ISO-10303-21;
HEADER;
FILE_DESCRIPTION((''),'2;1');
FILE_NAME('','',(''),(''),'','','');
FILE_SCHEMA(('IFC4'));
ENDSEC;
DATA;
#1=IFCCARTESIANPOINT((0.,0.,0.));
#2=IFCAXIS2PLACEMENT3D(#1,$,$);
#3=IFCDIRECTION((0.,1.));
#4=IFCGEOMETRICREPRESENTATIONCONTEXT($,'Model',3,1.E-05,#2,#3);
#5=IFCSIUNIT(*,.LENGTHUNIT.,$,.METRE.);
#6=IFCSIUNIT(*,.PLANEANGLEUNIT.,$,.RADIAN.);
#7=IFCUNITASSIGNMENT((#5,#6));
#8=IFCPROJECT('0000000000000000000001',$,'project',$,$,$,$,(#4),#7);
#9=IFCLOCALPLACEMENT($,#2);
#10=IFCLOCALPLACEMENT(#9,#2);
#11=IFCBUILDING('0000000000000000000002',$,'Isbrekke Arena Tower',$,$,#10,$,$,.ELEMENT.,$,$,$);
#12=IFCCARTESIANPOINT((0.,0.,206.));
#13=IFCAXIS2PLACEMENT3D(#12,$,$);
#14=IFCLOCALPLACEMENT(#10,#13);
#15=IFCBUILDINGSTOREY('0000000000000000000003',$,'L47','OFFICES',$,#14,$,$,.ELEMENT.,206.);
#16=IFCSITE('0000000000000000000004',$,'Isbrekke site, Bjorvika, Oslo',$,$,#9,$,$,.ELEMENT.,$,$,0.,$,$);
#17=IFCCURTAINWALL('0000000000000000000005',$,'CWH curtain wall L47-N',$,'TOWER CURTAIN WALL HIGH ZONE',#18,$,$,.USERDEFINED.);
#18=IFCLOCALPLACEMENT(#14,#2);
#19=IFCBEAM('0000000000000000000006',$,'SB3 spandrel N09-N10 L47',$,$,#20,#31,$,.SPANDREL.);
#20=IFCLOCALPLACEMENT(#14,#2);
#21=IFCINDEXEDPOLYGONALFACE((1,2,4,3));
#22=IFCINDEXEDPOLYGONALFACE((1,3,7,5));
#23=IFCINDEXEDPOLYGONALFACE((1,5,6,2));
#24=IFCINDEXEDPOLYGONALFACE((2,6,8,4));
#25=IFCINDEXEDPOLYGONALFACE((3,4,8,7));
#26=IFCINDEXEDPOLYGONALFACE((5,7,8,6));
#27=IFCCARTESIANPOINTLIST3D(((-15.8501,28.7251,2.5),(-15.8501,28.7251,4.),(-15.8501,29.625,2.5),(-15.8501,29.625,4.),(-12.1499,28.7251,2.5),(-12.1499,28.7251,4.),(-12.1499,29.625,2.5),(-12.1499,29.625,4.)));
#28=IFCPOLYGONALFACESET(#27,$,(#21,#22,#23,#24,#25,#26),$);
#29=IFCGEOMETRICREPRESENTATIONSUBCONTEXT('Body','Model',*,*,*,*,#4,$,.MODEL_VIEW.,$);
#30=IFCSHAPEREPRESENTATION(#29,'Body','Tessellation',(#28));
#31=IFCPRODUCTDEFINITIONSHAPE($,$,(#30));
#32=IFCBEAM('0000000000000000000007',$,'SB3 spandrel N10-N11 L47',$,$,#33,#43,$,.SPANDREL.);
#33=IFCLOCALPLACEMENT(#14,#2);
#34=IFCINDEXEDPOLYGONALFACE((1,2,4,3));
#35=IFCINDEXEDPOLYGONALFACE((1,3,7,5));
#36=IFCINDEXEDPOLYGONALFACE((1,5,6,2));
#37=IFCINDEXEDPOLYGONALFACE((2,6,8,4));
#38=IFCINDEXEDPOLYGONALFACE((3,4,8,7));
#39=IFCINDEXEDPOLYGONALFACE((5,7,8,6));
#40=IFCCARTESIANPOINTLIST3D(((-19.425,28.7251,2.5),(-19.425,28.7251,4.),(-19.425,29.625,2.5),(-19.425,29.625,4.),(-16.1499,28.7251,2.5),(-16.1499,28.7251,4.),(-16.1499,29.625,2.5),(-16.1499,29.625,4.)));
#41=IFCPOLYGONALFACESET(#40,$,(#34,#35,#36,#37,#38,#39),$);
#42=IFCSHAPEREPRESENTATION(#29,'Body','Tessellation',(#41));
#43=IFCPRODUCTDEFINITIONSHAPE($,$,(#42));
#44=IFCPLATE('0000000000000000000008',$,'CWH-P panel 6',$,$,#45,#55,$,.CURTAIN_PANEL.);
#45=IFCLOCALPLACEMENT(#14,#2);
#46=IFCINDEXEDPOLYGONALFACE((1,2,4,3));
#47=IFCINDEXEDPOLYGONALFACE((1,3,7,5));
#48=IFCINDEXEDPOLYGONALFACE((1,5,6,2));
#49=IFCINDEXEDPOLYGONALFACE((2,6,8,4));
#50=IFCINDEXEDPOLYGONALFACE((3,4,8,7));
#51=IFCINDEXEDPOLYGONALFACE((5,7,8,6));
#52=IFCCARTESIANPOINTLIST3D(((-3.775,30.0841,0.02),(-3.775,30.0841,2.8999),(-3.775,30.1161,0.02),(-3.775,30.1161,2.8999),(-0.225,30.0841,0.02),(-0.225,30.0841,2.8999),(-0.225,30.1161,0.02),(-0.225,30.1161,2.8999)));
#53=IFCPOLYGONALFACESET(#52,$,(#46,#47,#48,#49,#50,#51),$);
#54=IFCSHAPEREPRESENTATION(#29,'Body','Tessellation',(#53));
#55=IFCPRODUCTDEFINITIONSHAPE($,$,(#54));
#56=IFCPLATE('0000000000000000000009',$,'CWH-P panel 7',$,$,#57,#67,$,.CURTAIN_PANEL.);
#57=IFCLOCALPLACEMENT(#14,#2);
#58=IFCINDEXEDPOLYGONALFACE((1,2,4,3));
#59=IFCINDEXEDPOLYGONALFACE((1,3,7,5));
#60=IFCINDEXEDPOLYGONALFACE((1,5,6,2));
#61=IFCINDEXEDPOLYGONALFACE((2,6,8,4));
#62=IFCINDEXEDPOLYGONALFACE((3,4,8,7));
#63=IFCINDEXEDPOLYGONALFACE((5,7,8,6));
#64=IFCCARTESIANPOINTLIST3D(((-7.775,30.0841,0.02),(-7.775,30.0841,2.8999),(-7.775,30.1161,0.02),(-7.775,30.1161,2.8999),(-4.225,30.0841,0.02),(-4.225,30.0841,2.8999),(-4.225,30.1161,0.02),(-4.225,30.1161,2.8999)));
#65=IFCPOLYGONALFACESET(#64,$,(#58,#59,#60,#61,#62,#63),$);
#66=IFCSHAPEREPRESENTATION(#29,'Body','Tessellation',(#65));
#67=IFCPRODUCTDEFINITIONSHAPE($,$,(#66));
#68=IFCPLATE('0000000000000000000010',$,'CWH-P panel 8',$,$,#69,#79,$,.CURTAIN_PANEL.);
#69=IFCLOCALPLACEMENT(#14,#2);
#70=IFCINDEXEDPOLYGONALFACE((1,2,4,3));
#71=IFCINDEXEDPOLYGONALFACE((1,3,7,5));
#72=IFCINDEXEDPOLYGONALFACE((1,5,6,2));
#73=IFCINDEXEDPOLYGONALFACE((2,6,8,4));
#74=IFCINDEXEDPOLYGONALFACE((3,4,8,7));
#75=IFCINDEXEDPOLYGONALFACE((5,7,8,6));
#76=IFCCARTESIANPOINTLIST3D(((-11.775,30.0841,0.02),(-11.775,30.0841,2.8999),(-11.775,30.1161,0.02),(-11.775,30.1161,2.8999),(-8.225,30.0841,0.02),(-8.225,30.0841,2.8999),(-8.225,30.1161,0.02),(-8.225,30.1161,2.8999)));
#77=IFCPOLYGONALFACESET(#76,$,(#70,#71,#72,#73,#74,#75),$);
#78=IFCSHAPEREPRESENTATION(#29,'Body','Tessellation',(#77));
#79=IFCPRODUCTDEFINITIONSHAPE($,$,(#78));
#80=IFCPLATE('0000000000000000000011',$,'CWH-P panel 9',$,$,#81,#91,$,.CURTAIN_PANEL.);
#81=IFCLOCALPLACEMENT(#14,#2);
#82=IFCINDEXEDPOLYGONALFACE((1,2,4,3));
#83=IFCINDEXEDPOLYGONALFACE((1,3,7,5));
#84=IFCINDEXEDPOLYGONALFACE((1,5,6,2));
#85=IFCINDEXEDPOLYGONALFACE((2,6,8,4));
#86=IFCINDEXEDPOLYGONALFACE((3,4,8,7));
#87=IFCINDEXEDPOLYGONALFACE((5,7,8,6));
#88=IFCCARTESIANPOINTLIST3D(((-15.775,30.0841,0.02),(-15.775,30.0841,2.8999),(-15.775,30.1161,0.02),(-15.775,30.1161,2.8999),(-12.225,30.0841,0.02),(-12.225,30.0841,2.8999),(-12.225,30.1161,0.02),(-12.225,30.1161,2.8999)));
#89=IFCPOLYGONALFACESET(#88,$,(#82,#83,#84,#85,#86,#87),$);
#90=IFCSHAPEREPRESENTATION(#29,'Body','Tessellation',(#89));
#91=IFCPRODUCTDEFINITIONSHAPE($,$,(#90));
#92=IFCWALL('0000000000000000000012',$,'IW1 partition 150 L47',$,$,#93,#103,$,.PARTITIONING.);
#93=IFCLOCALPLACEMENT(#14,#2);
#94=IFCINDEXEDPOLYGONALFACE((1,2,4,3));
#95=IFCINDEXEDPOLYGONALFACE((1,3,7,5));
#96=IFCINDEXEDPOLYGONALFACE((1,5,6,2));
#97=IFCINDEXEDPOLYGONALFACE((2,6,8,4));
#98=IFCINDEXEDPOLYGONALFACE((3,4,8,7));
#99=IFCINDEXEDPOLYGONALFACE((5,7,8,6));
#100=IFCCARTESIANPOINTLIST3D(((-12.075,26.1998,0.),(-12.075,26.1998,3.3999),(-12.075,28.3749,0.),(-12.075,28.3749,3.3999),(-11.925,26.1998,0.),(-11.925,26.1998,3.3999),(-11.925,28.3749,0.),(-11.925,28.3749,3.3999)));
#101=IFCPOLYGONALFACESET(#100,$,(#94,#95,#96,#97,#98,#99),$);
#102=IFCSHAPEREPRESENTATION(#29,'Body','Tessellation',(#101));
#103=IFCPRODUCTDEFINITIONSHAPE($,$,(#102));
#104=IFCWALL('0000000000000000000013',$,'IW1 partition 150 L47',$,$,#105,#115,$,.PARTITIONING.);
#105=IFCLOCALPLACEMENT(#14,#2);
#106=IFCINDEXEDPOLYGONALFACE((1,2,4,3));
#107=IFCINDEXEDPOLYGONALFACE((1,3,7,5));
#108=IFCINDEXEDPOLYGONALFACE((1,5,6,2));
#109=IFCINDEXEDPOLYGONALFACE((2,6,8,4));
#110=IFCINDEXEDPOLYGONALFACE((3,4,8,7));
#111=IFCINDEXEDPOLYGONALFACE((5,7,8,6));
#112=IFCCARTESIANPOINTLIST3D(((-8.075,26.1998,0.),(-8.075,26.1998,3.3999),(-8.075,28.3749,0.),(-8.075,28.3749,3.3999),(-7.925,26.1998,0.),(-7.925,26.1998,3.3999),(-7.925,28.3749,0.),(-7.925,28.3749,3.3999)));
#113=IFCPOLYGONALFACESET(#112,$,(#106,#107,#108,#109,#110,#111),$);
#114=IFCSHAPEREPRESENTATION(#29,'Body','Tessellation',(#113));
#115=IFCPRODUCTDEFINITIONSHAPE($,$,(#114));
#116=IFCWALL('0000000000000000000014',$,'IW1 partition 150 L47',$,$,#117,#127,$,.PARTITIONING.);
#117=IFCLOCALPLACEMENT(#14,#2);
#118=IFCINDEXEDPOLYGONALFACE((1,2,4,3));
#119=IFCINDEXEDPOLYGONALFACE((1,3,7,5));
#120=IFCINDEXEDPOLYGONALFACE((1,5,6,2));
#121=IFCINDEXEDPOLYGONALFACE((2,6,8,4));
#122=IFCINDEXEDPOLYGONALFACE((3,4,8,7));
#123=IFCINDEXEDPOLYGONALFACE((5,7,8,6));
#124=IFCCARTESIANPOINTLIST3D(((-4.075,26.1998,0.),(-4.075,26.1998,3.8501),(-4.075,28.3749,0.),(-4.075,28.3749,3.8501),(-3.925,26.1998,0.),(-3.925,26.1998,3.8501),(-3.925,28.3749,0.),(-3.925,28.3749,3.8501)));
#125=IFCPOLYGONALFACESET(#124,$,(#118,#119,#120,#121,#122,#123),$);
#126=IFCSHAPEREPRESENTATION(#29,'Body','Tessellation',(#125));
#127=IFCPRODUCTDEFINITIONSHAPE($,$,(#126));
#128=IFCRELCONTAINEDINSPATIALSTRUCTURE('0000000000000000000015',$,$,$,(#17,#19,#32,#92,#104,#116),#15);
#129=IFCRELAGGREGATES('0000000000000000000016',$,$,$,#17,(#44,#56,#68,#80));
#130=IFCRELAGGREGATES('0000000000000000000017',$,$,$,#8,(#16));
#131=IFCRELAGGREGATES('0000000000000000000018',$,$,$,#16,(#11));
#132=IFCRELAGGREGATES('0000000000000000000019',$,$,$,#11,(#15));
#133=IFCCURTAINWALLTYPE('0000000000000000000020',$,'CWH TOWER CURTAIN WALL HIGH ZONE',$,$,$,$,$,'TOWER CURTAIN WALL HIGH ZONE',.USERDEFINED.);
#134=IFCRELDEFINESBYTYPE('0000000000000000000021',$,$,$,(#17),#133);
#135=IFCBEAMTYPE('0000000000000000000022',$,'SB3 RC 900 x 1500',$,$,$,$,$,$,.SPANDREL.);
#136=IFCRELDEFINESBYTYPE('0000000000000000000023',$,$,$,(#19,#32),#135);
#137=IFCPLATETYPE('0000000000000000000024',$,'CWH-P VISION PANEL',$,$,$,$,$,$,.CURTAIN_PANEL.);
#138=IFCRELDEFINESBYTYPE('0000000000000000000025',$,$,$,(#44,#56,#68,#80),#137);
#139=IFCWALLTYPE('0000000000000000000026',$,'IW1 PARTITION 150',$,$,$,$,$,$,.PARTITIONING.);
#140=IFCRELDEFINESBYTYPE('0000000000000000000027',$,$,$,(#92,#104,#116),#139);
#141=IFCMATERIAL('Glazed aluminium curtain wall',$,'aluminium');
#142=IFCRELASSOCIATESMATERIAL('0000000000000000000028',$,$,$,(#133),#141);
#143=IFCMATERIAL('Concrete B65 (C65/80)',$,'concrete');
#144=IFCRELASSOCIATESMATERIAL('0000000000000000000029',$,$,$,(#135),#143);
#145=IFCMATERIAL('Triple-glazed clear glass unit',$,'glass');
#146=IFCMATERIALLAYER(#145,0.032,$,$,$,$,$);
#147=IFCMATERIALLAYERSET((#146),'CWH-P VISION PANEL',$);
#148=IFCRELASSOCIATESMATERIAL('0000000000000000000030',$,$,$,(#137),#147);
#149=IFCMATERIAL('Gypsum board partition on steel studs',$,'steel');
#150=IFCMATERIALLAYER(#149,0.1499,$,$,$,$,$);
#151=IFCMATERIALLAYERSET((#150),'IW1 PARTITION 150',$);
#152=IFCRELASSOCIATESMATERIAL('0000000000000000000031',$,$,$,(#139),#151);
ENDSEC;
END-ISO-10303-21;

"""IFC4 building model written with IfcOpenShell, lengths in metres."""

from ifc_helpers import new_model, si_unit, direction, frame, frame_2d, origin, origin_2d, place, context, subcontext, project, spatial, rectangle, extrude, material, layer, layer_set, material_profile, profile_set, type_object, element, aggregate, save


model = new_model("IFC4")

# Units and contexts
model_context = context("Model", 3, precision=1e-05, world=origin(), true_north=direction((0.0, 1.0)))
body_context = subcontext(model_context, "Body", "Model", "MODEL_VIEW")
ifc_project = project(units=[si_unit("LENGTHUNIT", "METRE"), si_unit("PLANEANGLEUNIT", "RADIAN")], contexts=[model_context])

# Site, building, storey
site_placement = place(None, origin())
site = spatial("IfcSite", under=ifc_project, at=site_placement, Name="Isbrekke site, Bjorvika, Oslo", CompositionType="ELEMENT", RefElevation=0.0)
building_placement = place(site_placement, origin())
building = spatial("IfcBuilding", under=site, at=building_placement, Name="Isbrekke Arena Tower", CompositionType="ELEMENT")
storey_placement = place(building_placement, frame((0.0, 0.0, 206.0)))
storey = spatial("IfcBuildingStorey", under=building, at=storey_placement, Name="L47", Description="OFFICES", CompositionType="ELEMENT", Elevation=206.0)

# Curtain wall
ifc_material_1 = material(Name="Glazed aluminium curtain wall", Category="aluminium")
curtain_wall_type = type_object("IfcCurtainWallType", Name="CWH TOWER CURTAIN WALL HIGH ZONE", ElementType="TOWER CURTAIN WALL HIGH ZONE", PredefinedType="USERDEFINED", material=ifc_material_1)
curtain_wall_placement = place(storey_placement, origin())
curtain_wall = element("IfcCurtainWall", 1, at=curtain_wall_placement, inside=storey, type_object=curtain_wall_type, Name="CWH curtain wall L47-N", ObjectType="TOWER CURTAIN WALL HIGH ZONE", PredefinedType="USERDEFINED")

# Beams
ifc_material_2 = material(Name="Concrete B65 (C65/80)", Category="concrete")
ifc_material_profile_1 = material_profile(ifc_material_2, rectangle(XDim=0.8999, YDim=1.5, at=origin_2d()), Name="RC 900x1500")
ifc_profile_set_1 = profile_set([ifc_material_profile_1], Name="Concrete B65 (C65/80)")
beam_type_1 = type_object("IfcBeamType", Name="SB3 RC 900 x 1500", PredefinedType="SPANDREL", material=ifc_profile_set_1)
for number, where, z_axis, x_axis, name in (
    (2, (-12.1499, 29.175, 3.25), (-1.0, 0.0, 0.0), (0.0, -1.0, 0.0), "SB3 spandrel N09-N10 L47"),
):
    element("IfcBeam", number, at=place(storey_placement, frame(where, z_axis=z_axis, x_axis=x_axis)), inside=storey, type_object=beam_type_1, Name=name, PredefinedType="SPANDREL", context=body_context, shape_type="SweptSolid", body=[
        extrude(rectangle(XDim=0.8999, YDim=1.5, at=origin_2d()), origin(), (0.0, 0.0, 1.0), 3.7002),
    ])
beam_1_placement = place(storey_placement, frame((-16.1499, 29.175, 3.25), z_axis=(-1.0, 0.0, 0.0), x_axis=(0.0, -1.0, 0.0)))
element("IfcBeam", 3, at=beam_1_placement, inside=storey, type_object=beam_type_1, Name="SB3 spandrel N10-N11 L47", PredefinedType="SPANDREL", context=body_context, shape_type="SweptSolid", body=[
    extrude(rectangle(XDim=0.8999, YDim=1.5, at=origin_2d()), origin(), (0.0, 0.0, 1.0), 3.2751),
])

# Plates
ifc_material_3 = material(Name="Triple-glazed clear glass unit", Category="glass")
ifc_layer_1 = layer(ifc_material_3, 0.032)
ifc_layer_set_1 = layer_set([ifc_layer_1], Name="CWH-P VISION PANEL")
plate_type = type_object("IfcPlateType", Name="CWH-P VISION PANEL", PredefinedType="CURTAIN_PANEL", material=ifc_layer_set_1)
plate_1_placement = place(storey_placement, frame((-2.0, 30.1001, 0.02), z_axis=(0.0, 0.0, 1.0), x_axis=(-1.0, 0.0, 0.0)))
plate_1 = element("IfcPlate", 4, at=plate_1_placement, type_object=plate_type, Name="CWH-P panel 6", PredefinedType="CURTAIN_PANEL", context=body_context, shape_type="SweptSolid", body=[
    extrude(rectangle(XDim=3.55, YDim=0.032, at=origin_2d()), origin(), (0.0, 0.0, 1.0), 2.8799),
])
plate_2_placement = place(storey_placement, frame((-6.0, 30.1001, 0.02), z_axis=(0.0, 0.0, 1.0), x_axis=(-1.0, 0.0, 0.0)))
plate_2 = element("IfcPlate", 5, at=plate_2_placement, type_object=plate_type, Name="CWH-P panel 7", PredefinedType="CURTAIN_PANEL", context=body_context, shape_type="SweptSolid", body=[
    extrude(rectangle(XDim=3.55, YDim=0.032, at=origin_2d()), origin(), (0.0, 0.0, 1.0), 2.8799),
])
plate_3_placement = place(storey_placement, frame((-10.0, 30.1001, 0.02), z_axis=(0.0, 0.0, 1.0), x_axis=(-1.0, 0.0, 0.0)))
plate_3 = element("IfcPlate", 6, at=plate_3_placement, type_object=plate_type, Name="CWH-P panel 8", PredefinedType="CURTAIN_PANEL", context=body_context, shape_type="SweptSolid", body=[
    extrude(rectangle(XDim=3.55, YDim=0.032, at=origin_2d()), origin(), (0.0, 0.0, 1.0), 2.8799),
])
plate_4_placement = place(storey_placement, frame((-14.0, 30.1001, 0.02), z_axis=(0.0, 0.0, 1.0), x_axis=(-1.0, 0.0, 0.0)))
plate_4 = element("IfcPlate", 7, at=plate_4_placement, type_object=plate_type, Name="CWH-P panel 9", PredefinedType="CURTAIN_PANEL", context=body_context, shape_type="SweptSolid", body=[
    extrude(rectangle(XDim=3.55, YDim=0.032, at=origin_2d()), origin(), (0.0, 0.0, 1.0), 2.8799),
])
aggregate(curtain_wall, [plate_1, plate_2, plate_3, plate_4])

# Walls
ifc_material_4 = material(Name="Gypsum board partition on steel studs", Category="steel")
ifc_layer_2 = layer(ifc_material_4, 0.1499)
ifc_layer_set_2 = layer_set([ifc_layer_2], Name="IW1 PARTITION 150")
wall_type = type_object("IfcWallType", Name="IW1 PARTITION 150", PredefinedType="PARTITIONING", material=ifc_layer_set_2)
for number, where, z_axis, x_axis, name in (
    (8, (-12.0, 26.2, 0.0), (0.0, 0.0, 1.0), (0.0, 1.0, 0.0), "IW1 partition 150 L47"),
    (9, (-8.0, 26.2, 0.0), (0.0, 0.0, 1.0), (0.0, 1.0, 0.0), "IW1 partition 150 L47"),
):
    element("IfcWall", number, at=place(storey_placement, frame(where, z_axis=z_axis, x_axis=x_axis)), inside=storey, type_object=wall_type, Name=name, PredefinedType="PARTITIONING", context=body_context, shape_type="SweptSolid", body=[
        extrude(rectangle(XDim=2.175, YDim=0.1499, at=frame_2d((1.0874, 0.0))), origin(), (0.0, 0.0, 1.0), 3.3999),
    ])
wall_placement = place(storey_placement, frame((-4.0, 26.2, 0.0), z_axis=(0.0, 0.0, 1.0), x_axis=(0.0, 1.0, 0.0)))
element("IfcWall", 10, at=wall_placement, inside=storey, type_object=wall_type, Name="IW1 partition 150 L47", PredefinedType="PARTITIONING", context=body_context, shape_type="SweptSolid", body=[
    extrude(rectangle(XDim=2.175, YDim=0.1499, at=frame_2d((1.0874, 0.0))), origin(), (0.0, 0.0, 1.0), 3.8501),
])

save(model, "model.ifc")
